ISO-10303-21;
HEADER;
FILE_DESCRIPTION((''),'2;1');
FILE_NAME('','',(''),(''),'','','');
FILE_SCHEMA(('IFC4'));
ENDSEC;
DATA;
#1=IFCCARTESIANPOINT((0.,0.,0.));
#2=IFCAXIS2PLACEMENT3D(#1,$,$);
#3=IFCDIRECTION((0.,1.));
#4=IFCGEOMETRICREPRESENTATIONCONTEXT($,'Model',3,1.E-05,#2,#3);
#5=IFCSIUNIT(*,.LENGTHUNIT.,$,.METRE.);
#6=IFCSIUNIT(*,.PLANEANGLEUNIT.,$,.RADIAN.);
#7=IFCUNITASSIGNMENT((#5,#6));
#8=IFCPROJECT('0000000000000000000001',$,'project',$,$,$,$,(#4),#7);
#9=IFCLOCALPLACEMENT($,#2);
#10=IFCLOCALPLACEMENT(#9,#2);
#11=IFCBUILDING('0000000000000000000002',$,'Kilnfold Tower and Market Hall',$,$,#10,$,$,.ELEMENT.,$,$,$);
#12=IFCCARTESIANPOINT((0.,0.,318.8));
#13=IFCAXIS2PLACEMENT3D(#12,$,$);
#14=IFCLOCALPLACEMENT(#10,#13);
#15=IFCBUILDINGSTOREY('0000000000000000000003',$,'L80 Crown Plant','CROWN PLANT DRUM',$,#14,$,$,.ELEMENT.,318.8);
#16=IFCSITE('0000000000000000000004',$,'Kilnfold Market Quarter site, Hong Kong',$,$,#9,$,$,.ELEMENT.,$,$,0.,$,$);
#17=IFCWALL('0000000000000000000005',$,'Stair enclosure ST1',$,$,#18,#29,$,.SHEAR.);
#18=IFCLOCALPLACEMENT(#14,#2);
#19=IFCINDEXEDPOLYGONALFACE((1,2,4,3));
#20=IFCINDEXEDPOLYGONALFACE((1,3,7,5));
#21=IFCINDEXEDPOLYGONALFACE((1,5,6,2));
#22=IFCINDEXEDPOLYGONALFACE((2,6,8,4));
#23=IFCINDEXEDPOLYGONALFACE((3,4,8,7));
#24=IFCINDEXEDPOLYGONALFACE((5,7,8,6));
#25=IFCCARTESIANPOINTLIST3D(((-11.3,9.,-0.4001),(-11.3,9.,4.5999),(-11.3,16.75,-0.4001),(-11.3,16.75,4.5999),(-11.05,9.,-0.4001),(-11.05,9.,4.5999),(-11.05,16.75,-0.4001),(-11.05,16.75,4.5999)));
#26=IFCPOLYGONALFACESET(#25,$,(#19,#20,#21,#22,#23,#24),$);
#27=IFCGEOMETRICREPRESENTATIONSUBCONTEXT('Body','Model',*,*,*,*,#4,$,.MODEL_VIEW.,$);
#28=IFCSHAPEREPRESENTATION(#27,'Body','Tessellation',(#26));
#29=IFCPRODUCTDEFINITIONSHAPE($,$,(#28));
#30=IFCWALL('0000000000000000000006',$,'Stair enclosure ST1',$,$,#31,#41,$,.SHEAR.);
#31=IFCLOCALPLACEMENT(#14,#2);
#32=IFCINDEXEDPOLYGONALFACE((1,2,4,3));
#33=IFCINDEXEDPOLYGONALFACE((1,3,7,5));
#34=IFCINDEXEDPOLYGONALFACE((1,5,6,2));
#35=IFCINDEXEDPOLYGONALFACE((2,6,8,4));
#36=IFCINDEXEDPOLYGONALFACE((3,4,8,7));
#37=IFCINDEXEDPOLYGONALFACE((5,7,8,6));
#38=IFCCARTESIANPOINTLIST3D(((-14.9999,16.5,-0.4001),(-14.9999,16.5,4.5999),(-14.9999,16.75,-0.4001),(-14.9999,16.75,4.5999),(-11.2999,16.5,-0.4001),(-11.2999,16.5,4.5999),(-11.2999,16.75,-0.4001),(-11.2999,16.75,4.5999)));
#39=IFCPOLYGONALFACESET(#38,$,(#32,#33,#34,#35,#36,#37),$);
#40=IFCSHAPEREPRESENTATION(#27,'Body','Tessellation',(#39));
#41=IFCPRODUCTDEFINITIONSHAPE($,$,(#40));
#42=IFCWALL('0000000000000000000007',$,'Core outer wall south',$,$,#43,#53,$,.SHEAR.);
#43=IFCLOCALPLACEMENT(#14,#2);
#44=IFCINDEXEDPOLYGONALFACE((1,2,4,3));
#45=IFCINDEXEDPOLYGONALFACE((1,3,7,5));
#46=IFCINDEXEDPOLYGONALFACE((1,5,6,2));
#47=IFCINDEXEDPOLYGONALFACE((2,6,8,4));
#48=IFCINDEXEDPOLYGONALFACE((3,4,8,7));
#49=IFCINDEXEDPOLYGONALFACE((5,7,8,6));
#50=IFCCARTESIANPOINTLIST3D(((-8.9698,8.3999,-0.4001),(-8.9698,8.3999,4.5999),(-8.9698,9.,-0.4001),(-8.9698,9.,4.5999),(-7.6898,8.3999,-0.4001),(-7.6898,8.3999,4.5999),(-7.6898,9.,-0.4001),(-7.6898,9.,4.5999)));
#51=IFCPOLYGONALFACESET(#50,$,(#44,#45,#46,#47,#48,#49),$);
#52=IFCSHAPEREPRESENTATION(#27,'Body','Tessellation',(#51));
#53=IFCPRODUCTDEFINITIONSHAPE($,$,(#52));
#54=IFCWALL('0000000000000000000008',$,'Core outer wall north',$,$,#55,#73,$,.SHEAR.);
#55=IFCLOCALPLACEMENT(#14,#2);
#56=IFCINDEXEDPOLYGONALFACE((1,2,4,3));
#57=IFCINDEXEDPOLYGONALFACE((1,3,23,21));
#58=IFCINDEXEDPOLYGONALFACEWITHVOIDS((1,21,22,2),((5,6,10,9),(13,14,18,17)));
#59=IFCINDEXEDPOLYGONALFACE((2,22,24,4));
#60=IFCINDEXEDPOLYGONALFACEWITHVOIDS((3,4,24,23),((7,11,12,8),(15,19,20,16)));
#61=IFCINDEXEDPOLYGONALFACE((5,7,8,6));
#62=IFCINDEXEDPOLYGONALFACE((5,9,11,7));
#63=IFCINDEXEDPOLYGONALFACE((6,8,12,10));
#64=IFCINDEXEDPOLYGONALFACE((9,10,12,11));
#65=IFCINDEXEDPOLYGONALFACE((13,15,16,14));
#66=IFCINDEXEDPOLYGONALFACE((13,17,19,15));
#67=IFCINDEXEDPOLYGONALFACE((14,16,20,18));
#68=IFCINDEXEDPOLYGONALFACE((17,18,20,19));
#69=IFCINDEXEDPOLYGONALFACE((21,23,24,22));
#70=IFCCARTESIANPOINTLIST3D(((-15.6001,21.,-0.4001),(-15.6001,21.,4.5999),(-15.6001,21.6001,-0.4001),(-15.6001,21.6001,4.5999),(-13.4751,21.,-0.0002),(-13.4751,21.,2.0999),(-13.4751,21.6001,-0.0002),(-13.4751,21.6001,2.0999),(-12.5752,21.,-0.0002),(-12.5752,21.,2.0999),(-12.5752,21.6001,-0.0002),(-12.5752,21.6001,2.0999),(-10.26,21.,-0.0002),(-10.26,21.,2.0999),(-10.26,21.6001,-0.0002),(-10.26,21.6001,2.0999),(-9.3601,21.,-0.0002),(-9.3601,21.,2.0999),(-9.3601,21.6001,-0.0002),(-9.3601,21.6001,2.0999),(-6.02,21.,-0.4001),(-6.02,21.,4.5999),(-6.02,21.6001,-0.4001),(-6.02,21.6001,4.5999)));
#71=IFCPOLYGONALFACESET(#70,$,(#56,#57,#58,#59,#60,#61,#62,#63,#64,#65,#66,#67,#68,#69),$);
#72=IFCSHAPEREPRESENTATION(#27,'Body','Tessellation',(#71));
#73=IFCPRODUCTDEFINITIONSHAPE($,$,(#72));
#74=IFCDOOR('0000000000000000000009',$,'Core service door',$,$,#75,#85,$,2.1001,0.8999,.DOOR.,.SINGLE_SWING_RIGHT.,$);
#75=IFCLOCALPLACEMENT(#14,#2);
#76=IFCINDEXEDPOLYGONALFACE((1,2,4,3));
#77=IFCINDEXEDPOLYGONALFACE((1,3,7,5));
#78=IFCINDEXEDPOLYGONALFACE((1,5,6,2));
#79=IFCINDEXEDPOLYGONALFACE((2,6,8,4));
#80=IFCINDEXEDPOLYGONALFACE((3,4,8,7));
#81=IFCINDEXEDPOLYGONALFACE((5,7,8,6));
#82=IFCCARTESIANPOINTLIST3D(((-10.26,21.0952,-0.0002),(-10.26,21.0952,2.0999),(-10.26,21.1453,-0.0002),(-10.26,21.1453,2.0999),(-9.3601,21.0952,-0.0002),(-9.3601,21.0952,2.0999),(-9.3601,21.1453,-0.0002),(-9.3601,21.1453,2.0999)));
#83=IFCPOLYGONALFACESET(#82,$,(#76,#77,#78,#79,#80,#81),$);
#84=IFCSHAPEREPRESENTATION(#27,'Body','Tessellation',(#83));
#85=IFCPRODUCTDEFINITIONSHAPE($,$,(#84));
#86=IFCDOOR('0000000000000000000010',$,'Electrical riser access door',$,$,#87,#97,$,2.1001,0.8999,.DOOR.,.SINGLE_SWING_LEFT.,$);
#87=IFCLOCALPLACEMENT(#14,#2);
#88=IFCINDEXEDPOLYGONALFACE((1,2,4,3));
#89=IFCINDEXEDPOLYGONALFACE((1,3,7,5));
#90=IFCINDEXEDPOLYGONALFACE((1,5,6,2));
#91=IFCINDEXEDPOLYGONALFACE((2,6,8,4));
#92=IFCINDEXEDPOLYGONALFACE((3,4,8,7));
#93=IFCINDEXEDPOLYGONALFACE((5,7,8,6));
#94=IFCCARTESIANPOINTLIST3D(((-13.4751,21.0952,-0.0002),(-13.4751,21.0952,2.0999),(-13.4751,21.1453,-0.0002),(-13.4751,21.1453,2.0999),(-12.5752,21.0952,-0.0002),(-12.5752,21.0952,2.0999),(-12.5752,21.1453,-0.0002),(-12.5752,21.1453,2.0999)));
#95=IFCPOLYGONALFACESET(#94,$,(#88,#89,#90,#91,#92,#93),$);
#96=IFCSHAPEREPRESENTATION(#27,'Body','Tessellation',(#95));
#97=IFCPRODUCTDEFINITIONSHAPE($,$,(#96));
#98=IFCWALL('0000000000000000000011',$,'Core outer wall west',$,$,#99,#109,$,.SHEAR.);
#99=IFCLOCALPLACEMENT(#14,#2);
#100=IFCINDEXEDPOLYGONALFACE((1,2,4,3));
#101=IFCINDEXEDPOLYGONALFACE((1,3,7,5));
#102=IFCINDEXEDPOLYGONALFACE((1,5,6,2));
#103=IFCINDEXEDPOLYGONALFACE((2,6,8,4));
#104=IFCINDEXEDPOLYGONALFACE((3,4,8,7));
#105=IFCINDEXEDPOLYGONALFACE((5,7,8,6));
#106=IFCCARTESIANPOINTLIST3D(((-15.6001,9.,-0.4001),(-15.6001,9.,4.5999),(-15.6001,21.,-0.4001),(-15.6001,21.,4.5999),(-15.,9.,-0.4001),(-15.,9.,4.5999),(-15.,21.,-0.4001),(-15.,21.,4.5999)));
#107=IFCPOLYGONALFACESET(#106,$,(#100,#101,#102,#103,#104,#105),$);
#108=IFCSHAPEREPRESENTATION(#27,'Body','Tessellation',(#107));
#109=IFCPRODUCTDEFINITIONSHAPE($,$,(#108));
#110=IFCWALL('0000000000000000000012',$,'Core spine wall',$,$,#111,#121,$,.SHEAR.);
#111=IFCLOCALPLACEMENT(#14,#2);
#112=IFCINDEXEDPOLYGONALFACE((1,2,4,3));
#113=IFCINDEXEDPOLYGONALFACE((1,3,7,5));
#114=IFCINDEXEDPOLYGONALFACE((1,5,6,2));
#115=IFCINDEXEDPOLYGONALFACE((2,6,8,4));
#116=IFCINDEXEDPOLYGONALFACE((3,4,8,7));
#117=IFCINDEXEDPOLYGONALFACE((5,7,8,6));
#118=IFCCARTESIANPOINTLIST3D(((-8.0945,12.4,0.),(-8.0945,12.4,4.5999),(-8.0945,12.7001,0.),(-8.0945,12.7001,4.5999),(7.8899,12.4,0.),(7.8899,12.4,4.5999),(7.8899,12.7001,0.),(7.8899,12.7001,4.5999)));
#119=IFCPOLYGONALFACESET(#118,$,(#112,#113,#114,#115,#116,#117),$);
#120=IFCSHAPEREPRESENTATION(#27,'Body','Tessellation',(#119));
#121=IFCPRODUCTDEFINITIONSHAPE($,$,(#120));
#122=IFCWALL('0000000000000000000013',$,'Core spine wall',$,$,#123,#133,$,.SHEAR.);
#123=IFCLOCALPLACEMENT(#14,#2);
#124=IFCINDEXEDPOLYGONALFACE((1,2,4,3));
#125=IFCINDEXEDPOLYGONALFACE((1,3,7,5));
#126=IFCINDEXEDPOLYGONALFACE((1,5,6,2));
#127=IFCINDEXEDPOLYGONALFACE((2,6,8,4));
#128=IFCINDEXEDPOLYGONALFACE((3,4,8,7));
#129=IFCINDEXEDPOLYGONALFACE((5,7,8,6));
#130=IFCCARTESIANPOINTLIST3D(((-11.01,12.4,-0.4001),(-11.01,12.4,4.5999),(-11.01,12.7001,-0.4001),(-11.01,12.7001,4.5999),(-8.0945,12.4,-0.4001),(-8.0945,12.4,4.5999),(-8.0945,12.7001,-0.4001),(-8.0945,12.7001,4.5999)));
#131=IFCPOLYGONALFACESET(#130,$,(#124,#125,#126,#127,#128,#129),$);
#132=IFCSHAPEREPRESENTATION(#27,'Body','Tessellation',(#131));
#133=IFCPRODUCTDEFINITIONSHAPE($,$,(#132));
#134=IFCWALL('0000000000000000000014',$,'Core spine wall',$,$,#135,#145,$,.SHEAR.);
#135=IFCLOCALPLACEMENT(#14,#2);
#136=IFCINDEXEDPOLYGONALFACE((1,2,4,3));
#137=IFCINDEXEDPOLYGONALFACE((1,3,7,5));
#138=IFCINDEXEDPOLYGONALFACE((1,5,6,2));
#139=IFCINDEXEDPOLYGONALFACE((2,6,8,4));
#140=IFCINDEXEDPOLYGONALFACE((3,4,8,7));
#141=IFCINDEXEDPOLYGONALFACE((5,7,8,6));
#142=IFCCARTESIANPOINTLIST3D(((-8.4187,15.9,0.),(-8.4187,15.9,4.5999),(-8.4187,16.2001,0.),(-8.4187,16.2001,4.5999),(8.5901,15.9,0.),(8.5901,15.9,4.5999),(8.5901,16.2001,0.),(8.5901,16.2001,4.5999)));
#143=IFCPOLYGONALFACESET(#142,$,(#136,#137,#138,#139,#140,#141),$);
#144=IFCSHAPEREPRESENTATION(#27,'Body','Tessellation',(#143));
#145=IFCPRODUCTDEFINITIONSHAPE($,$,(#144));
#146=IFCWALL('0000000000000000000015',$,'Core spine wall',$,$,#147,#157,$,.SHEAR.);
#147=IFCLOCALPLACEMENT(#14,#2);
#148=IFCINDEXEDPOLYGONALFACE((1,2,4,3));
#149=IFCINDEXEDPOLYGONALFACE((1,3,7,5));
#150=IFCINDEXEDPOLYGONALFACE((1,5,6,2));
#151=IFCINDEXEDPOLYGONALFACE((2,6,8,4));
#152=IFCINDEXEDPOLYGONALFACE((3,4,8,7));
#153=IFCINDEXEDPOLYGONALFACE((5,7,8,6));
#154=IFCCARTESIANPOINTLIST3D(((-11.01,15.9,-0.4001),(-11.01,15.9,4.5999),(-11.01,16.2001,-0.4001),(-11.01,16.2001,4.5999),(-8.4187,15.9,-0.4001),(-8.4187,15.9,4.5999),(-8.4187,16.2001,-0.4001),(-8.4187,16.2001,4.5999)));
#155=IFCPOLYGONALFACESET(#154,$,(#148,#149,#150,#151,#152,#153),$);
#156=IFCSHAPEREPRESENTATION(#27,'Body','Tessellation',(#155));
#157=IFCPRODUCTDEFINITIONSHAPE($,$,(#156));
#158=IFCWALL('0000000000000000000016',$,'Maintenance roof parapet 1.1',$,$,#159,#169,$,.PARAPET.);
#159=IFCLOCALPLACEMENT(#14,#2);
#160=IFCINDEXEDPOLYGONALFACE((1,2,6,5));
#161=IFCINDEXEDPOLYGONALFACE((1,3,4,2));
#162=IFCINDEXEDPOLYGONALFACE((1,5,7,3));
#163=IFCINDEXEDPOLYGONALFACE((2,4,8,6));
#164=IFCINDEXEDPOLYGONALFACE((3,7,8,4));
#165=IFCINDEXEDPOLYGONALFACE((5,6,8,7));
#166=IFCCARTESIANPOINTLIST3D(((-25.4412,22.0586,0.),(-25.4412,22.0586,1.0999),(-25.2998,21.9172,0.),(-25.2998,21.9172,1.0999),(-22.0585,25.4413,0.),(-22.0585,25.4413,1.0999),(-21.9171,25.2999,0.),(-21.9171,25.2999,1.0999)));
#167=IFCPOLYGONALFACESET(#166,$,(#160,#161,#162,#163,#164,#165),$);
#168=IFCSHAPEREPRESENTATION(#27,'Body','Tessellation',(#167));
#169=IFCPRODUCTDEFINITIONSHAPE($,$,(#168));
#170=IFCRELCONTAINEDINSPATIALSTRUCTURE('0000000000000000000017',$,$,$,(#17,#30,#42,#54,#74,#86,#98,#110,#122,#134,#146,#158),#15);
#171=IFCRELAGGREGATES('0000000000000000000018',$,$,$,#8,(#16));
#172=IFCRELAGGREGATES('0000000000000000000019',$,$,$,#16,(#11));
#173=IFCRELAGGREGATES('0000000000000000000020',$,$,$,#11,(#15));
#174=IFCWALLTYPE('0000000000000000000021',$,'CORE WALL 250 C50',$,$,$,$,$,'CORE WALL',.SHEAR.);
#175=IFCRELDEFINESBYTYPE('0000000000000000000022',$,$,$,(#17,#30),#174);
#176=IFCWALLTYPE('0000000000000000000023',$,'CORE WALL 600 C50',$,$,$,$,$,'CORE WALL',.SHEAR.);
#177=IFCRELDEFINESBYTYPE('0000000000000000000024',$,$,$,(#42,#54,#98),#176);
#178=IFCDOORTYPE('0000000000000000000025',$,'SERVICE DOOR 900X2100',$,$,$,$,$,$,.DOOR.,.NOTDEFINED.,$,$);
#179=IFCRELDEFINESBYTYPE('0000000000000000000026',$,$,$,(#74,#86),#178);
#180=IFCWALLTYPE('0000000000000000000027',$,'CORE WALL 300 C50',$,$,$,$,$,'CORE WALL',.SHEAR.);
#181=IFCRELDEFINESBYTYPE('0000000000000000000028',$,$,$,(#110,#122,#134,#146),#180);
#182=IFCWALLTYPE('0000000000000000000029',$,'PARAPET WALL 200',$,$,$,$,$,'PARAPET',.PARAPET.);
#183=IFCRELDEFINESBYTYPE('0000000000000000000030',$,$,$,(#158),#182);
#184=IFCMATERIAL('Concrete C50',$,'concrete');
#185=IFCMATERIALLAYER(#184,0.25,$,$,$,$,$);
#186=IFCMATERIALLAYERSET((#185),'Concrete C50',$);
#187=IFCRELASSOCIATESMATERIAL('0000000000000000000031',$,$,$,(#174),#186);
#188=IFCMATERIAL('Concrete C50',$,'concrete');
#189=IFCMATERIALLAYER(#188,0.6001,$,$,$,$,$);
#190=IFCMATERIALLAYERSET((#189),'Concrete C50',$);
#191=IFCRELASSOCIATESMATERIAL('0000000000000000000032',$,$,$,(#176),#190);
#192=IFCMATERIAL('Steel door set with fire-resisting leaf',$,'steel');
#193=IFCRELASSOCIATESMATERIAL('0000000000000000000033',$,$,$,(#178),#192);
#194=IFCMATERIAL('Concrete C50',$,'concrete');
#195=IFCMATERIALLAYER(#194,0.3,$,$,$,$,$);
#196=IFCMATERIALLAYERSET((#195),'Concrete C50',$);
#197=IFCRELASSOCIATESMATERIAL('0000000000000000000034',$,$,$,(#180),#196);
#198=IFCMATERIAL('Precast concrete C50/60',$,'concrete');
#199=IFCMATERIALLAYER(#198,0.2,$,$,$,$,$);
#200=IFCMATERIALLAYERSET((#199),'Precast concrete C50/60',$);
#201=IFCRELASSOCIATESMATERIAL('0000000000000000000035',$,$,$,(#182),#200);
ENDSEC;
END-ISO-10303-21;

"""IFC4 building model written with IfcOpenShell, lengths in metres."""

from ifc_helpers import new_model, si_unit, direction, frame, frame_2d, origin, place, context, subcontext, project, spatial, rectangle, extrude, source, transform, mapped, material, layer, layer_set, type_object, element, fill, save


model = new_model("IFC4")

# Units and contexts
model_context = context("Model", 3, precision=1e-05, world=origin(), true_north=direction((0.0, 1.0)))
body_context = subcontext(model_context, "Body", "Model", "MODEL_VIEW")
ifc_project = project(units=[si_unit("LENGTHUNIT", "METRE"), si_unit("PLANEANGLEUNIT", "RADIAN")], contexts=[model_context])

# Site, building, storey
site_placement = place(None, origin())
site = spatial("IfcSite", under=ifc_project, at=site_placement, Name="Kilnfold Market Quarter site, Hong Kong", CompositionType="ELEMENT", RefElevation=0.0)
building_placement = place(site_placement, origin())
building = spatial("IfcBuilding", under=site, at=building_placement, Name="Kilnfold Tower and Market Hall", CompositionType="ELEMENT")
storey_placement = place(building_placement, frame((0.0, 0.0, 318.8)))
storey = spatial("IfcBuildingStorey", under=building, at=storey_placement, Name="L80 Crown Plant", Description="CROWN PLANT DRUM", CompositionType="ELEMENT", Elevation=318.8)

# Walls
ifc_material_1 = material(Name="Concrete C50", Category="concrete")
ifc_layer_1 = layer(ifc_material_1, 0.25)
ifc_layer_set_1 = layer_set([ifc_layer_1], Name="Concrete C50")
wall_type_1 = type_object("IfcWallType", Name="CORE WALL 250 C50", ElementType="CORE WALL", PredefinedType="SHEAR", material=ifc_layer_set_1)
shared_shape_1 = source(origin(), body_context, "Body", "SweptSolid", [
    extrude(rectangle(XDim=7.75, YDim=0.25, at=frame_2d((3.875, 0.0))), origin(), (0.0, 0.0, 1.0), 5.0),
])
wall_1_placement = place(storey_placement, frame((-11.175, 9.0, -0.4001), z_axis=(0.0, 0.0, 1.0), x_axis=(0.0, 1.0, 0.0)))
element("IfcWall", 1, at=wall_1_placement, inside=storey, type_object=wall_type_1, Name="Stair enclosure ST1", PredefinedType="SHEAR", context=body_context, shape_type="MappedRepresentation", body=[
    mapped(shared_shape_1, transform((0.0, 0.0, 0.0))),
])
shared_shape_2 = source(origin(), body_context, "Body", "SweptSolid", [
    extrude(rectangle(XDim=3.7, YDim=0.25, at=frame_2d((1.8501, 0.0))), origin(), (0.0, 0.0, 1.0), 5.0),
])
wall_2_placement = place(storey_placement, frame((-15.0, 16.625, -0.4001), z_axis=(0.0, 0.0, 1.0), x_axis=(1.0, 0.0, 0.0)))
element("IfcWall", 2, at=wall_2_placement, inside=storey, type_object=wall_type_1, Name="Stair enclosure ST1", PredefinedType="SHEAR", context=body_context, shape_type="MappedRepresentation", body=[
    mapped(shared_shape_2, transform((0.0, 0.0, 0.0))),
])
ifc_material_2 = material(Name="Concrete C50", Category="concrete")
ifc_layer_2 = layer(ifc_material_2, 0.6001)
ifc_layer_set_2 = layer_set([ifc_layer_2], Name="Concrete C50")
wall_type_2 = type_object("IfcWallType", Name="CORE WALL 600 C50", ElementType="CORE WALL", PredefinedType="SHEAR", material=ifc_layer_set_2)
shared_shape_3 = source(origin(), body_context, "Body", "SweptSolid", [
    extrude(rectangle(XDim=1.28, YDim=0.6001, at=frame_2d((0.6401, 0.0))), origin(), (0.0, 0.0, 1.0), 5.0),
])
wall_3_placement = place(storey_placement, frame((-8.97, 8.7, -0.4001), z_axis=(0.0, 0.0, 1.0), x_axis=(1.0, 0.0, 0.0)))
element("IfcWall", 3, at=wall_3_placement, inside=storey, type_object=wall_type_2, Name="Core outer wall south", PredefinedType="SHEAR", context=body_context, shape_type="MappedRepresentation", body=[
    mapped(shared_shape_3, transform((0.0, 0.0, 0.0))),
])

# Wall, openings, doors
shared_shape_4 = source(origin(), body_context, "Body", "SweptSolid", [
    extrude(rectangle(XDim=9.5801, YDim=0.6001, at=frame_2d((4.79, 0.0))), origin(), (0.0, 0.0, 1.0), 5.0),
])
wall_4_placement = place(storey_placement, frame((-15.6001, 21.3, -0.4001), z_axis=(0.0, 0.0, 1.0), x_axis=(1.0, 0.0, 0.0)))
wall_4 = element("IfcWall", 4, at=wall_4_placement, inside=storey, type_object=wall_type_2, Name="Core outer wall north", PredefinedType="SHEAR", context=body_context, shape_type="MappedRepresentation", body=[
    mapped(shared_shape_4, transform((0.0, 0.0, 0.0))),
])
opening_1_placement = place(wall_4_placement, frame((5.3401, 0.0, 0.3999)))
opening_1 = element("IfcOpeningElement", 5, at=opening_1_placement, cuts=wall_4, PredefinedType="OPENING", context=body_context, shape_type="SweptSolid", body=[
    extrude(rectangle(XDim=0.8999, YDim=2.1001, at=frame_2d((0.45, 1.05))), frame((0.0, 0.3101, 0.0), z_axis=(0.0, -1.0, 0.0), x_axis=(1.0, 0.0, 0.0)), (0.0, 0.0, 1.0), 0.6201),
])
opening_2_placement = place(wall_4_placement, frame((2.125, 0.0, 0.3999)))
opening_2 = element("IfcOpeningElement", 6, at=opening_2_placement, cuts=wall_4, PredefinedType="OPENING", context=body_context, shape_type="SweptSolid", body=[
    extrude(rectangle(XDim=0.8999, YDim=2.1001, at=frame_2d((0.45, 1.05))), frame((0.0, 0.3101, 0.0), z_axis=(0.0, -1.0, 0.0), x_axis=(1.0, 0.0, 0.0)), (0.0, 0.0, 1.0), 0.6201),
])
ifc_material_3 = material(Name="Steel door set with fire-resisting leaf", Category="steel")
door_type = type_object("IfcDoorType", Name="SERVICE DOOR 900X2100", OperationType="NOTDEFINED", PredefinedType="DOOR", material=ifc_material_3)
door_1_placement = place(opening_1_placement, origin())
door_1 = element("IfcDoor", 7, at=door_1_placement, inside=storey, type_object=door_type, Name="Core service door", OperationType="SINGLE_SWING_RIGHT", OverallHeight=2.1001, OverallWidth=0.8999, PredefinedType="DOOR", context=body_context, shape_type="SweptSolid", body=[
    extrude(rectangle(XDim=0.8999, YDim=2.1001, at=frame_2d((0.45, 1.05))), frame((0.0, -0.1548, 0.0), z_axis=(0.0, -1.0, 0.0), x_axis=(1.0, 0.0, 0.0)), (0.0, 0.0, 1.0), 0.05),
])
fill(opening_1, door_1)
door_2_placement = place(opening_2_placement, origin())
door_2 = element("IfcDoor", 8, at=door_2_placement, inside=storey, type_object=door_type, Name="Electrical riser access door", OperationType="SINGLE_SWING_LEFT", OverallHeight=2.1001, OverallWidth=0.8999, PredefinedType="DOOR", context=body_context, shape_type="SweptSolid", body=[
    extrude(rectangle(XDim=0.8999, YDim=2.1001, at=frame_2d((0.45, 1.05))), frame((0.0, -0.1548, 0.0), z_axis=(0.0, -1.0, 0.0), x_axis=(1.0, 0.0, 0.0)), (0.0, 0.0, 1.0), 0.05),
])
fill(opening_2, door_2)

# Walls
shared_shape_5 = source(origin(), body_context, "Body", "SweptSolid", [
    extrude(rectangle(XDim=12.0, YDim=0.6001, at=frame_2d((6.0, 0.0))), origin(), (0.0, 0.0, 1.0), 5.0),
])
wall_5_placement = place(storey_placement, frame((-15.3, 9.0, -0.4001), z_axis=(0.0, 0.0, 1.0), x_axis=(0.0, 1.0, 0.0)))
element("IfcWall", 9, at=wall_5_placement, inside=storey, type_object=wall_type_2, Name="Core outer wall west", PredefinedType="SHEAR", context=body_context, shape_type="MappedRepresentation", body=[
    mapped(shared_shape_5, transform((0.0, 0.0, 0.0))),
])
ifc_material_4 = material(Name="Concrete C50", Category="concrete")
ifc_layer_3 = layer(ifc_material_4, 0.3)
ifc_layer_set_3 = layer_set([ifc_layer_3], Name="Concrete C50")
wall_type_3 = type_object("IfcWallType", Name="CORE WALL 300 C50", ElementType="CORE WALL", PredefinedType="SHEAR", material=ifc_layer_set_3)
shared_shape_6 = source(origin(), body_context, "Body", "SweptSolid", [
    extrude(rectangle(XDim=15.9844, YDim=0.3, at=frame_2d((7.9922, 0.0))), origin(), (0.0, 0.0, 1.0), 4.5999),
])
wall_6_placement = place(storey_placement, frame((-8.0945, 12.55, 0.0), z_axis=(0.0, 0.0, 1.0), x_axis=(1.0, 0.0, 0.0)))
element("IfcWall", 10, at=wall_6_placement, inside=storey, type_object=wall_type_3, Name="Core spine wall", PredefinedType="SHEAR", context=body_context, shape_type="MappedRepresentation", body=[
    mapped(shared_shape_6, transform((0.0, 0.0, 0.0))),
])
shared_shape_7 = source(origin(), body_context, "Body", "SweptSolid", [
    extrude(rectangle(XDim=2.9155, YDim=0.3, at=frame_2d((1.4578, 0.0))), origin(), (0.0, 0.0, 1.0), 5.0),
])
wall_7_placement = place(storey_placement, frame((-11.01, 12.55, -0.4001), z_axis=(0.0, 0.0, 1.0), x_axis=(1.0, 0.0, 0.0)))
element("IfcWall", 11, at=wall_7_placement, inside=storey, type_object=wall_type_3, Name="Core spine wall", PredefinedType="SHEAR", context=body_context, shape_type="MappedRepresentation", body=[
    mapped(shared_shape_7, transform((0.0, 0.0, 0.0))),
])
shared_shape_8 = source(origin(), body_context, "Body", "SweptSolid", [
    extrude(rectangle(XDim=17.0088, YDim=0.3, at=frame_2d((8.5044, 0.0))), origin(), (0.0, 0.0, 1.0), 4.5999),
])
wall_8_placement = place(storey_placement, frame((-8.4187, 16.05, 0.0), z_axis=(0.0, 0.0, 1.0), x_axis=(1.0, 0.0, 0.0)))
element("IfcWall", 12, at=wall_8_placement, inside=storey, type_object=wall_type_3, Name="Core spine wall", PredefinedType="SHEAR", context=body_context, shape_type="MappedRepresentation", body=[
    mapped(shared_shape_8, transform((0.0, 0.0, 0.0))),
])
shared_shape_9 = source(origin(), body_context, "Body", "SweptSolid", [
    extrude(rectangle(XDim=2.5913, YDim=0.3, at=frame_2d((1.2957, 0.0))), origin(), (0.0, 0.0, 1.0), 5.0),
])
wall_9_placement = place(storey_placement, frame((-11.01, 16.05, -0.4001), z_axis=(0.0, 0.0, 1.0), x_axis=(1.0, 0.0, 0.0)))
element("IfcWall", 13, at=wall_9_placement, inside=storey, type_object=wall_type_3, Name="Core spine wall", PredefinedType="SHEAR", context=body_context, shape_type="MappedRepresentation", body=[
    mapped(shared_shape_9, transform((0.0, 0.0, 0.0))),
])
ifc_material_5 = material(Name="Precast concrete C50/60", Category="concrete")
ifc_layer_4 = layer(ifc_material_5, 0.2)
ifc_layer_set_4 = layer_set([ifc_layer_4], Name="Precast concrete C50/60")
wall_type_4 = type_object("IfcWallType", Name="PARAPET WALL 200", ElementType="PARAPET", PredefinedType="PARAPET", material=ifc_layer_set_4)
shared_shape_10 = source(origin(), body_context, "Body", "SweptSolid", [
    extrude(rectangle(XDim=4.7839, YDim=0.2, at=frame_2d((2.3921, 0.0))), origin(), (0.0, 0.0, 1.0), 1.0999),
])
wall_10_placement = place(storey_placement, frame((-25.3706, 21.9878, 0.0), z_axis=(0.0, 0.0, 1.0), x_axis=(0.707107, 0.707107, 0.0)))
element("IfcWall", 14, at=wall_10_placement, inside=storey, type_object=wall_type_4, Name="Maintenance roof parapet 1.1", PredefinedType="PARAPET", context=body_context, shape_type="MappedRepresentation", body=[
    mapped(shared_shape_10, transform((0.0, 0.0, 0.0))),
])

save(model, "model.ifc")
